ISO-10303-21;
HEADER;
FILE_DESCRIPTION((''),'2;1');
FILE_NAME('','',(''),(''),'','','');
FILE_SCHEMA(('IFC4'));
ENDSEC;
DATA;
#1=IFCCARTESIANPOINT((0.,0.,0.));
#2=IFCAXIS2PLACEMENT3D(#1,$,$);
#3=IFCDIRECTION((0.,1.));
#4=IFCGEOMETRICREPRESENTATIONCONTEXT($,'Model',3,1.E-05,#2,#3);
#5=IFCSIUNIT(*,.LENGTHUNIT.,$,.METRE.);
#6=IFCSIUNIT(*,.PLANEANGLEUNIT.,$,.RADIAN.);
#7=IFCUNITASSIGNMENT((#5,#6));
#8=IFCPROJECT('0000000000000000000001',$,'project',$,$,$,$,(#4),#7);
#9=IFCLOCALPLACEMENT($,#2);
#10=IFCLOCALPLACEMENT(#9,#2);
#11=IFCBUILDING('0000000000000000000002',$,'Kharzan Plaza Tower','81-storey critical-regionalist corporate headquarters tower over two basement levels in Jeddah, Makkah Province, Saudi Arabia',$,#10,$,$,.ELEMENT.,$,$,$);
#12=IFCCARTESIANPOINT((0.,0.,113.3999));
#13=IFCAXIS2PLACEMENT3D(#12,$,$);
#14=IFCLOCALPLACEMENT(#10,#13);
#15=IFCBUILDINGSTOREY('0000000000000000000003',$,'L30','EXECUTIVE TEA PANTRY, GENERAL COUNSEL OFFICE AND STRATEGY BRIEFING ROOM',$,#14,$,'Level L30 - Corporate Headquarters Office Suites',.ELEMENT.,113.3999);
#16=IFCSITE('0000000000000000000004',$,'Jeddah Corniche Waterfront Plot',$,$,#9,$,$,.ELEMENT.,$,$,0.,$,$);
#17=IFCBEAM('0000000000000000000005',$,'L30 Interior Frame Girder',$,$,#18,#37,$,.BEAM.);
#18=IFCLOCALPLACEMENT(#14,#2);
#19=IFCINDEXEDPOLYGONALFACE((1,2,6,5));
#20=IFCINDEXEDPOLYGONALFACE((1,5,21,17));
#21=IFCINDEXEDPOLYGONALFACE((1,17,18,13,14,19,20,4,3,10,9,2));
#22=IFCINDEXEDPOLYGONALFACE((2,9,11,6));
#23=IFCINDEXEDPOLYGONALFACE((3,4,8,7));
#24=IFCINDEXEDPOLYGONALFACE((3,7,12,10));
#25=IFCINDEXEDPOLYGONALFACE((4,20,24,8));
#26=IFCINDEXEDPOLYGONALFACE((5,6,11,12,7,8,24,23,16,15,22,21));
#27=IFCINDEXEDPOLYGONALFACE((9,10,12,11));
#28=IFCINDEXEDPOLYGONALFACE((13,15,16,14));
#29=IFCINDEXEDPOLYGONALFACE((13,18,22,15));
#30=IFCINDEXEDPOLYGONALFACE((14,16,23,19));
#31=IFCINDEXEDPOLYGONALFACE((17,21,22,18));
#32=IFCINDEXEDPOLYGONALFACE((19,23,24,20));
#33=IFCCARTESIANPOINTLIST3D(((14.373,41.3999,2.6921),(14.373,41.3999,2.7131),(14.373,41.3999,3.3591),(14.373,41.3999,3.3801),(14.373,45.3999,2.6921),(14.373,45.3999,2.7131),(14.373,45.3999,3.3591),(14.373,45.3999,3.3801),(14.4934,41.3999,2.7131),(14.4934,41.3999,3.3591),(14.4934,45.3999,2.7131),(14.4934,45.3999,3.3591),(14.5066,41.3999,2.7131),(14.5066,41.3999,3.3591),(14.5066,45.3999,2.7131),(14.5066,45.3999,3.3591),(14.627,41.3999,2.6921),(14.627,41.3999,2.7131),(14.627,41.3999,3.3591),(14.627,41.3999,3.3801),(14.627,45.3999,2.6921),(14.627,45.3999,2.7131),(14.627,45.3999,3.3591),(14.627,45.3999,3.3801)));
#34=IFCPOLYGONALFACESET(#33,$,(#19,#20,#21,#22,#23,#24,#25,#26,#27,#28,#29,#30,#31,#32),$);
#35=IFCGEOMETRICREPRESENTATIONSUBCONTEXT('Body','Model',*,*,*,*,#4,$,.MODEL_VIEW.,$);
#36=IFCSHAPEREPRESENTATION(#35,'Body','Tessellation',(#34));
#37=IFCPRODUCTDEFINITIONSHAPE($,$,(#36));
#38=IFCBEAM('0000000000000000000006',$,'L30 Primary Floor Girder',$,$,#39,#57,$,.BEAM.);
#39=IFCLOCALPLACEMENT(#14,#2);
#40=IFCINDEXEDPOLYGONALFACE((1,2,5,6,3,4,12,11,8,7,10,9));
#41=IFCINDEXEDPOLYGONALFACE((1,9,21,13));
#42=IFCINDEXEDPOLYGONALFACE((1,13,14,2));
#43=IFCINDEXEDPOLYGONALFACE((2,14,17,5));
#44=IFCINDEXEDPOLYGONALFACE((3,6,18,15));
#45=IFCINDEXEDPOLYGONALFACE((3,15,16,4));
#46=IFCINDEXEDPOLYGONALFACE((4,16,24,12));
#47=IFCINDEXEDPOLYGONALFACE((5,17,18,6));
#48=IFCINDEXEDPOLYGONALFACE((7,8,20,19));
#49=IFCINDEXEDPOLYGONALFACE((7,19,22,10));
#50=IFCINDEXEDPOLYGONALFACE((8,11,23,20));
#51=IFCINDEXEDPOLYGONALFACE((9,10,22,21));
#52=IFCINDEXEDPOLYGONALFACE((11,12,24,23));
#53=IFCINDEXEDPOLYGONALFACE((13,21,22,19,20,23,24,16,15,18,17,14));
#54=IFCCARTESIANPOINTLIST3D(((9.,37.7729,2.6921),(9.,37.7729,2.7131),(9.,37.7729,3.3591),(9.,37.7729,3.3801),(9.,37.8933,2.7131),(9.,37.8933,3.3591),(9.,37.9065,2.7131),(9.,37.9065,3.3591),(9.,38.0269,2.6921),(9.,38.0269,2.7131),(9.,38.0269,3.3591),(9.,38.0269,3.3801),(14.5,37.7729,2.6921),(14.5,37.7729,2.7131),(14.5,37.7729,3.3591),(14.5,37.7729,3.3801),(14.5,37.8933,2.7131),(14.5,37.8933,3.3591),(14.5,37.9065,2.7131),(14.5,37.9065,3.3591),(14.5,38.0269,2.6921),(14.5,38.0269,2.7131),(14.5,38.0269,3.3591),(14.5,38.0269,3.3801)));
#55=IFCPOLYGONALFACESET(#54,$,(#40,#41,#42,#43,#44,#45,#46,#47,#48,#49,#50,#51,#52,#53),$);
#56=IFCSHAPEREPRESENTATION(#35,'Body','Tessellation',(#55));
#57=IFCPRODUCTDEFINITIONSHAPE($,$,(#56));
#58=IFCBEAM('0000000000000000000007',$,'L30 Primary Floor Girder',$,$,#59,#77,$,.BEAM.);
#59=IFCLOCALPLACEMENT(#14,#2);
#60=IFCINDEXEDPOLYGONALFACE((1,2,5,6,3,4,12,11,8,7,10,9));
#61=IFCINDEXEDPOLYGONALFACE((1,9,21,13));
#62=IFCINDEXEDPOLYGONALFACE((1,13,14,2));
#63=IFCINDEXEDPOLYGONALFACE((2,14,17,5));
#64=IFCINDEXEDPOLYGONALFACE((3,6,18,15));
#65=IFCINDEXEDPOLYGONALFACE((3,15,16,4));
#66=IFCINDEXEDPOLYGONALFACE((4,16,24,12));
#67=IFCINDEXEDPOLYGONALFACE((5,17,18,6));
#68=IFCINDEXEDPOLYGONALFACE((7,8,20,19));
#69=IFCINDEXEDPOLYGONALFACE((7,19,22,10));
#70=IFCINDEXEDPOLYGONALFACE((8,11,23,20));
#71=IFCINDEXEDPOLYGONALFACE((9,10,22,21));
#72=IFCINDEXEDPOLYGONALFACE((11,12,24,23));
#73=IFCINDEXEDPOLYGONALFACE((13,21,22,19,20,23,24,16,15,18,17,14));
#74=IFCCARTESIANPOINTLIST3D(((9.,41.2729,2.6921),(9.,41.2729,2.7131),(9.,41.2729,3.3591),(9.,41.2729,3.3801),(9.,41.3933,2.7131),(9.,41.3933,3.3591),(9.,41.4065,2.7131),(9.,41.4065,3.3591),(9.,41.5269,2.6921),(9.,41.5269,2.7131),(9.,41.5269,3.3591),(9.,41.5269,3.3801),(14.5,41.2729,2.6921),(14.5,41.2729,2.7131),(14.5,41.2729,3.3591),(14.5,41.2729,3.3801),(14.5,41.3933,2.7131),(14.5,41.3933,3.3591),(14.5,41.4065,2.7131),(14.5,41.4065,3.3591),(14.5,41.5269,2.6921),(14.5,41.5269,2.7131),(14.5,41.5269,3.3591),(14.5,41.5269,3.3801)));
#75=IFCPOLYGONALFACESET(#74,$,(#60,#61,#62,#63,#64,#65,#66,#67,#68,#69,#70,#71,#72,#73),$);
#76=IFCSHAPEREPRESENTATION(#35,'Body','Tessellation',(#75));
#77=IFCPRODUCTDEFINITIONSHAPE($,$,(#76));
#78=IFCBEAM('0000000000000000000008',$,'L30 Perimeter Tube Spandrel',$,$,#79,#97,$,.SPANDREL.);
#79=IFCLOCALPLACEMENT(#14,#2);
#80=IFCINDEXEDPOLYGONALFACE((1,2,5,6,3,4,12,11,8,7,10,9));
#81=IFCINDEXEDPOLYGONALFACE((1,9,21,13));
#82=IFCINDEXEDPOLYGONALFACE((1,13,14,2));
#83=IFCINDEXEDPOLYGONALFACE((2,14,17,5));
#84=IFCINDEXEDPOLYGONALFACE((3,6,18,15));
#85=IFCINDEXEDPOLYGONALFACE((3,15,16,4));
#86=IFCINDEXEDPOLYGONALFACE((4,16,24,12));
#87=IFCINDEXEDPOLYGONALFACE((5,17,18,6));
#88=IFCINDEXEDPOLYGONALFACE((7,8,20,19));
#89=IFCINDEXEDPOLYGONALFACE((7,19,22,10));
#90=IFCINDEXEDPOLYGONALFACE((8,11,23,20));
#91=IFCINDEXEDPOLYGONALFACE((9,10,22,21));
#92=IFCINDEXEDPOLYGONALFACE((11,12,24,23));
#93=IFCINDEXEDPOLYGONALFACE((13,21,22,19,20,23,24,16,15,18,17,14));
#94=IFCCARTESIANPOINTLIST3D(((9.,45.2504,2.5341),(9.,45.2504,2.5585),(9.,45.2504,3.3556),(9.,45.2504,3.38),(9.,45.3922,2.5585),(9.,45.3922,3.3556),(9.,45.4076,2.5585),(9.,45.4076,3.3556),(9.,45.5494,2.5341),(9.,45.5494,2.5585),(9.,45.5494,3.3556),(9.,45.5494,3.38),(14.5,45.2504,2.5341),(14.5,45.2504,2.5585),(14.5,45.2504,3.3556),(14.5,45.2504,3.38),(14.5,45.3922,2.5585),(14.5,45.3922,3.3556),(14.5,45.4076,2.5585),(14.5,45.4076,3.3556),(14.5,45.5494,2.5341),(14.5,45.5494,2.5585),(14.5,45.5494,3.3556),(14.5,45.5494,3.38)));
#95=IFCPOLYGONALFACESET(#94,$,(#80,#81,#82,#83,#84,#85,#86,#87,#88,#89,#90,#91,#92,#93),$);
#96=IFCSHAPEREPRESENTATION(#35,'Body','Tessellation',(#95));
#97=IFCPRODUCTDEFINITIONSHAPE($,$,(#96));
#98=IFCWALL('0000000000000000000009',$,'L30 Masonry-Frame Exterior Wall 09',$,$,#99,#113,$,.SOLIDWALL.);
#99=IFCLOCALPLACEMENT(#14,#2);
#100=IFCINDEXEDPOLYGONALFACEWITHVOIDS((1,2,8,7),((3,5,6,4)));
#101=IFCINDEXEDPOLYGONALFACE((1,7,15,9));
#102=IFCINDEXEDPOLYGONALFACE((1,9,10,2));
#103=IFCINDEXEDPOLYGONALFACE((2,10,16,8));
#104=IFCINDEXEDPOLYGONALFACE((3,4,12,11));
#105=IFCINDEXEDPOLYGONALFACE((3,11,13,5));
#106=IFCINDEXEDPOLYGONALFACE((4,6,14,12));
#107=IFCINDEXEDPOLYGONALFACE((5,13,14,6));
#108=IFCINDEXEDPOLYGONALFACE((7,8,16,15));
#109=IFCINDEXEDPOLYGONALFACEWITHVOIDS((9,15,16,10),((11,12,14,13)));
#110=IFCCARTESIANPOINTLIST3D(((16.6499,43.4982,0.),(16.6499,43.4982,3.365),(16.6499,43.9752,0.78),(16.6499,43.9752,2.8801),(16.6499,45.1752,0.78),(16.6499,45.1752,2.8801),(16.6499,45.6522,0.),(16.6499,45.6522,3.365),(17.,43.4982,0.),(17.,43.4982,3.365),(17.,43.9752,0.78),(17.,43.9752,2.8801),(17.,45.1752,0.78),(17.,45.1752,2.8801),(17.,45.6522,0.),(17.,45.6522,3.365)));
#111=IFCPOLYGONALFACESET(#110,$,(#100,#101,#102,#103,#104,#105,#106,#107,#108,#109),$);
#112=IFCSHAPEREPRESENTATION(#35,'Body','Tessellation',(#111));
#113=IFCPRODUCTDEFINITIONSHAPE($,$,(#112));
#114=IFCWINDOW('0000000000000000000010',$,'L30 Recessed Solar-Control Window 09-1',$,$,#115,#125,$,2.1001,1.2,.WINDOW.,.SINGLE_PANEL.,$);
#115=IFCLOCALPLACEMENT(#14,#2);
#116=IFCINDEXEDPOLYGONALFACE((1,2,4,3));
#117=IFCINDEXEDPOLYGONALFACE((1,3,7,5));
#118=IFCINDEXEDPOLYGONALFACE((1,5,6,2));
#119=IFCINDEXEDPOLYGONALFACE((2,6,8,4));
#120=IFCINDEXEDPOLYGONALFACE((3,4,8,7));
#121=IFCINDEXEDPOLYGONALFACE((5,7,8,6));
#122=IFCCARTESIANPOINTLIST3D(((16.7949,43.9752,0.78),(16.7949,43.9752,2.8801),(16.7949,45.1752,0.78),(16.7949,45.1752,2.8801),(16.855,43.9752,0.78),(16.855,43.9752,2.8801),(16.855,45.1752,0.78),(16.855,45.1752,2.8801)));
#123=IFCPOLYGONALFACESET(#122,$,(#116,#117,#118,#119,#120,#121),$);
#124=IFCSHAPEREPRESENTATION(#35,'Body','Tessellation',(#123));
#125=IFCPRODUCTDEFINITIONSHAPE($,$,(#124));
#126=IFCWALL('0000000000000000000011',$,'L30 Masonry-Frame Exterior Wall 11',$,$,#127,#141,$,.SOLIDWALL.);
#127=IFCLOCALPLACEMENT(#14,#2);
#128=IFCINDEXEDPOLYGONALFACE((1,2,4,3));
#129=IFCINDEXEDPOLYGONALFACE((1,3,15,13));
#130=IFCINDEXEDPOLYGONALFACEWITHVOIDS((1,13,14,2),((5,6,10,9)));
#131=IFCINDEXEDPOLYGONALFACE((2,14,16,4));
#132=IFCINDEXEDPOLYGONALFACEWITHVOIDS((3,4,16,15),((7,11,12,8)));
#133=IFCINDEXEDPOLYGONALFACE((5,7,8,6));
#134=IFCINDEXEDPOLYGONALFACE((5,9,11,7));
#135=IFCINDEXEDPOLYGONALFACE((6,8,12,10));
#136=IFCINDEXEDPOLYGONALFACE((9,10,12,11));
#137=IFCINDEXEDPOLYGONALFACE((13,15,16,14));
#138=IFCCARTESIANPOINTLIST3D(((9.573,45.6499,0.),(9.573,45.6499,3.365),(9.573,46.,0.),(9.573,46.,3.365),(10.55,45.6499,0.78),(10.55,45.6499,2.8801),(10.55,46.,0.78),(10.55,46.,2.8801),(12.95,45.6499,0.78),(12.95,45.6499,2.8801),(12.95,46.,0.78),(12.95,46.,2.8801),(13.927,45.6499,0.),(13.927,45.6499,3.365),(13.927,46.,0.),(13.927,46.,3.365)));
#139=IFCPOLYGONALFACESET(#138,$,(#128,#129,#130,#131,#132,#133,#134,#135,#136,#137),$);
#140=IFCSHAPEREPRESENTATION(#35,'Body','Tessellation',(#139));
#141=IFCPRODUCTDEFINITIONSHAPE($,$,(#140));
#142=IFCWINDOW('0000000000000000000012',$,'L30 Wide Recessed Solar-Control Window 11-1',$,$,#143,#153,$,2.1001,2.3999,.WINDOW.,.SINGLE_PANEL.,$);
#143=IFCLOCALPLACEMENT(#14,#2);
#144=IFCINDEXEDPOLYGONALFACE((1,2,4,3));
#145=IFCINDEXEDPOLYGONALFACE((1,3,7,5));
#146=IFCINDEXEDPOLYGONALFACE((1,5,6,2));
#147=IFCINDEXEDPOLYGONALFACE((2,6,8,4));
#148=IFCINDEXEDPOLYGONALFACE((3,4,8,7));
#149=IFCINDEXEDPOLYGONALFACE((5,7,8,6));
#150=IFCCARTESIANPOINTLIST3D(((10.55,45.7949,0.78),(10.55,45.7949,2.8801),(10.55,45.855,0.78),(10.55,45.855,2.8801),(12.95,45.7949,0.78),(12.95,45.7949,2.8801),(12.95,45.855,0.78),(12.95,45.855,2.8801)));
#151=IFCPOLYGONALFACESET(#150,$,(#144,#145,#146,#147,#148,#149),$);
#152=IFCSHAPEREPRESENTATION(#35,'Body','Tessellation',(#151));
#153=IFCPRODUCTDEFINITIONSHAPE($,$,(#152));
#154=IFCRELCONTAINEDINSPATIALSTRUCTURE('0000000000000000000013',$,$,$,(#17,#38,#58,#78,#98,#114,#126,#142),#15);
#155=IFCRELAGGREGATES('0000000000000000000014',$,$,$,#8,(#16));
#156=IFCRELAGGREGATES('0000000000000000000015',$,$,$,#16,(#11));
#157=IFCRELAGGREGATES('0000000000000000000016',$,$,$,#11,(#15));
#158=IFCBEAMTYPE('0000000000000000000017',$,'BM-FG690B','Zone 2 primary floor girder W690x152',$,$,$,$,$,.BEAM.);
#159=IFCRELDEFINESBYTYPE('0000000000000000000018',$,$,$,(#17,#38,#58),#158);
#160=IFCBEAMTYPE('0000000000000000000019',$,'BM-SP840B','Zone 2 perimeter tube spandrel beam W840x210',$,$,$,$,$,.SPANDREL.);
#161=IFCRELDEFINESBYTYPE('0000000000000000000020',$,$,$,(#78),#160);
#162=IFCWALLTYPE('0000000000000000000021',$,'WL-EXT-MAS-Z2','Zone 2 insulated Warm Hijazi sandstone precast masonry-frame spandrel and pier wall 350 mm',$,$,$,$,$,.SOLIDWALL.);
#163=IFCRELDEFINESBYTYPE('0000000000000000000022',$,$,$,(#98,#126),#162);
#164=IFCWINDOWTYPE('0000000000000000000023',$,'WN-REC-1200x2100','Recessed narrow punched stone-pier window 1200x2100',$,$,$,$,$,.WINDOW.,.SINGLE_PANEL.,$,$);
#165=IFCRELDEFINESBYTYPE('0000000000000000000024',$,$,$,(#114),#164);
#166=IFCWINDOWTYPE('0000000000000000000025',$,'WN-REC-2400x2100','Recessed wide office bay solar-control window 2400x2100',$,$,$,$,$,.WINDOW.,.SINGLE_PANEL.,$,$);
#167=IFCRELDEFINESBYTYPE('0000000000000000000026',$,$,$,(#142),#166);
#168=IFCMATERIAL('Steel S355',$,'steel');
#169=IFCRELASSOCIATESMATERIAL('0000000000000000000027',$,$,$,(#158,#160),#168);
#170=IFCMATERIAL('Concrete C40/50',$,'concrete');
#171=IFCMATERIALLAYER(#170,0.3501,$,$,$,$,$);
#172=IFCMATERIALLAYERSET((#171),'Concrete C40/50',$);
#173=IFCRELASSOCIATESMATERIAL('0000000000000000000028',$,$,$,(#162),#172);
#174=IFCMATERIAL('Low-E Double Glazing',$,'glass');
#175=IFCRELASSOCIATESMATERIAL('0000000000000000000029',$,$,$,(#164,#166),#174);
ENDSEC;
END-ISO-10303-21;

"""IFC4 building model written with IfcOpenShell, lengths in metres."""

from ifc_helpers import new_model, si_unit, direction, frame, frame_2d, origin, origin_2d, place, context, subcontext, project, spatial, rectangle, i_section, extrude, source, transform, mapped, material, layer, layer_set, material_profile, profile_set, type_object, element, fill, save


model = new_model("IFC4")

# Units and contexts
model_context = context("Model", 3, precision=1e-05, world=origin(), true_north=direction((0.0, 1.0)))
body_context = subcontext(model_context, "Body", "Model", "MODEL_VIEW")
ifc_project = project(units=[si_unit("LENGTHUNIT", "METRE"), si_unit("PLANEANGLEUNIT", "RADIAN")], contexts=[model_context])

# Site, building, storey
site_placement = place(None, origin())
site = spatial("IfcSite", under=ifc_project, at=site_placement, Name="Jeddah Corniche Waterfront Plot", CompositionType="ELEMENT", RefElevation=0.0)
building_placement = place(site_placement, origin())
building = spatial("IfcBuilding", under=site, at=building_placement, Name="Kharzan Plaza Tower", Description="81-storey critical-regionalist corporate headquarters tower over two basement levels in Jeddah, Makkah Province, Saudi Arabia", CompositionType="ELEMENT")
storey_placement = place(building_placement, frame((0.0, 0.0, 113.3999)))
storey = spatial("IfcBuildingStorey", under=building, at=storey_placement, Name="L30", Description="EXECUTIVE TEA PANTRY, GENERAL COUNSEL OFFICE AND STRATEGY BRIEFING ROOM", LongName="Level L30 - Corporate Headquarters Office Suites", CompositionType="ELEMENT", Elevation=113.3999)

# Beams
ifc_material_1 = material(Name="Steel S355", Category="steel")
ifc_material_profile_1 = material_profile(ifc_material_1, i_section(OverallWidth=0.2539, OverallDepth=0.688, WebThickness=0.0132, FlangeThickness=0.021, at=origin_2d()), Name="W690x152")
ifc_profile_set_1 = profile_set([ifc_material_profile_1], Name="Steel S355")
beam_type_1 = type_object("IfcBeamType", Name="BM-FG690B", Description="Zone 2 primary floor girder W690x152", PredefinedType="BEAM", material=ifc_profile_set_1)
shared_shape_1 = source(origin(), body_context, "Body", "SweptSolid", [
    extrude(i_section(OverallWidth=0.2539, OverallDepth=0.688, WebThickness=0.0132, FlangeThickness=0.021, at=origin_2d()), origin(), (0.0, 0.0, 1.0), 4.0),
])
for number, where, z_axis, x_axis, name in (
    (1, (14.5, 41.3999, 3.0361), (0.0, 1.0, 0.0), (-1.0, 0.0, 0.0), "L30 Interior Frame Girder"),
):
    element("IfcBeam", number, at=place(storey_placement, frame(where, z_axis=z_axis, x_axis=x_axis)), inside=storey, type_object=beam_type_1, Name=name, PredefinedType="BEAM", context=body_context, shape_type="MappedRepresentation", body=[
        mapped(shared_shape_1, transform((0.0, 0.0, 0.0), x_axis=(1.0, 0.0, 0.0), y_axis=(0.0, 1.0, 0.0), z_axis=(0.0, 0.0, 1.0))),
    ])
shared_shape_2 = source(origin(), body_context, "Body", "SweptSolid", [
    extrude(i_section(OverallWidth=0.2539, OverallDepth=0.688, WebThickness=0.0132, FlangeThickness=0.021, at=origin_2d()), origin(), (0.0, 0.0, 1.0), 5.5),
])
for number, where, z_axis, x_axis, name in (
    (2, (9.0, 37.8999, 3.0361), (1.0, 0.0, 0.0), (0.0, 1.0, 0.0), "L30 Primary Floor Girder"),
    (3, (9.0, 41.3999, 3.0361), (1.0, 0.0, 0.0), (0.0, 1.0, 0.0), "L30 Primary Floor Girder"),
):
    element("IfcBeam", number, at=place(storey_placement, frame(where, z_axis=z_axis, x_axis=x_axis)), inside=storey, type_object=beam_type_1, Name=name, PredefinedType="BEAM", context=body_context, shape_type="MappedRepresentation", body=[
        mapped(shared_shape_2, transform((0.0, 0.0, 0.0), x_axis=(1.0, 0.0, 0.0), y_axis=(0.0, 1.0, 0.0), z_axis=(0.0, 0.0, 1.0))),
    ])
ifc_material_profile_2 = material_profile(ifc_material_1, i_section(OverallWidth=0.2991, OverallDepth=0.8459, WebThickness=0.0154, FlangeThickness=0.0244, at=origin_2d()), Name="W840x210")
ifc_profile_set_2 = profile_set([ifc_material_profile_2], Name="Steel S355")
beam_type_2 = type_object("IfcBeamType", Name="BM-SP840B", Description="Zone 2 perimeter tube spandrel beam W840x210", PredefinedType="SPANDREL", material=ifc_profile_set_2)
shared_shape_3 = source(origin(), body_context, "Body", "SweptSolid", [
    extrude(i_section(OverallWidth=0.2991, OverallDepth=0.8459, WebThickness=0.0154, FlangeThickness=0.0244, at=origin_2d()), origin(), (0.0, 0.0, 1.0), 5.5),
])
beam_placement = place(storey_placement, frame((9.0, 45.3999, 2.957), z_axis=(1.0, 0.0, 0.0), x_axis=(0.0, 1.0, 0.0)))
element("IfcBeam", 4, at=beam_placement, inside=storey, type_object=beam_type_2, Name="L30 Perimeter Tube Spandrel", PredefinedType="SPANDREL", context=body_context, shape_type="MappedRepresentation", body=[
    mapped(shared_shape_3, transform((0.0, 0.0, 0.0), x_axis=(1.0, 0.0, 0.0), y_axis=(0.0, 1.0, 0.0), z_axis=(0.0, 0.0, 1.0))),
])

# Walls, openings, windows
ifc_material_2 = material(Name="Concrete C40/50", Category="concrete")
ifc_layer_1 = layer(ifc_material_2, 0.3501)
ifc_layer_set_1 = layer_set([ifc_layer_1], Name="Concrete C40/50")
wall_type_1 = type_object("IfcWallType", Name="WL-EXT-MAS-Z2", Description="Zone 2 insulated Warm Hijazi sandstone precast masonry-frame spandrel and pier wall 350 mm", PredefinedType="SOLIDWALL", material=ifc_layer_set_1)
wall_1_placement = place(storey_placement, frame((16.825, 43.498, 0.0), z_axis=(0.0, 0.0, 1.0), x_axis=(0.0, 1.0, 0.0)))
wall_1 = element("IfcWall", 5, at=wall_1_placement, inside=storey, type_object=wall_type_1, Name="L30 Masonry-Frame Exterior Wall 09", PredefinedType="SOLIDWALL", context=body_context, shape_type="SweptSolid", body=[
    extrude(rectangle(XDim=2.1541, YDim=0.3501, at=frame_2d((1.0771, 0.0))), origin(), (0.0, 0.0, 1.0), 3.365),
])
opening_1_placement = place(wall_1_placement, frame((0.4771, 0.0, 0.78)))
opening_1 = element("IfcOpeningElement", 6, at=opening_1_placement, cuts=wall_1, PredefinedType="OPENING", context=body_context, shape_type="SweptSolid", body=[
    extrude(rectangle(XDim=1.2, YDim=2.1001, at=frame_2d((0.6001, 1.05))), frame((0.0, 0.1851, 0.0), z_axis=(0.0, -1.0, 0.0), x_axis=(1.0, 0.0, 0.0)), (0.0, 0.0, 1.0), 0.3701),
])
ifc_material_3 = material(Name="Low-E Double Glazing", Category="glass")
window_type_1 = type_object("IfcWindowType", Name="WN-REC-1200x2100", Description="Recessed narrow punched stone-pier window 1200x2100", PartitioningType="SINGLE_PANEL", PredefinedType="WINDOW", material=ifc_material_3)
shared_shape_4 = source(origin(), body_context, "Body", "SweptSolid", [
    extrude(rectangle(XDim=1.2, YDim=2.1001, at=frame_2d((0.6001, 1.05))), frame((0.0, 0.03, 0.0), z_axis=(0.0, -1.0, 0.0), x_axis=(1.0, 0.0, 0.0)), (0.0, 0.0, 1.0), 0.0601),
])
window_1_placement = place(opening_1_placement, origin())
window_1 = element("IfcWindow", 7, at=window_1_placement, inside=storey, type_object=window_type_1, Name="L30 Recessed Solar-Control Window 09-1", OverallHeight=2.1001, OverallWidth=1.2, PartitioningType="SINGLE_PANEL", PredefinedType="WINDOW", context=body_context, shape_type="MappedRepresentation", body=[
    mapped(shared_shape_4, transform((0.0, 0.0, 0.0), x_axis=(1.0, 0.0, 0.0), y_axis=(0.0, 1.0, 0.0), z_axis=(0.0, 0.0, 1.0))),
])
fill(opening_1, window_1)
wall_2_placement = place(storey_placement, frame((13.927, 45.825, 0.0), z_axis=(0.0, 0.0, 1.0), x_axis=(-1.0, 0.0, 0.0)))
wall_2 = element("IfcWall", 8, at=wall_2_placement, inside=storey, type_object=wall_type_1, Name="L30 Masonry-Frame Exterior Wall 11", PredefinedType="SOLIDWALL", context=body_context, shape_type="SweptSolid", body=[
    extrude(rectangle(XDim=4.354, YDim=0.3501, at=frame_2d((2.177, 0.0))), origin(), (0.0, 0.0, 1.0), 3.365),
])
opening_2_placement = place(wall_2_placement, frame((0.9771, 0.0, 0.78)))
opening_2 = element("IfcOpeningElement", 9, at=opening_2_placement, cuts=wall_2, PredefinedType="OPENING", context=body_context, shape_type="SweptSolid", body=[
    extrude(rectangle(XDim=2.3999, YDim=2.1001, at=frame_2d((1.2, 1.05))), frame((0.0, 0.1851, 0.0), z_axis=(0.0, -1.0, 0.0), x_axis=(1.0, 0.0, 0.0)), (0.0, 0.0, 1.0), 0.3701),
])
window_type_2 = type_object("IfcWindowType", Name="WN-REC-2400x2100", Description="Recessed wide office bay solar-control window 2400x2100", PartitioningType="SINGLE_PANEL", PredefinedType="WINDOW", material=ifc_material_3)
shared_shape_5 = source(origin(), body_context, "Body", "SweptSolid", [
    extrude(rectangle(XDim=2.3999, YDim=2.1001, at=frame_2d((1.2, 1.05))), frame((0.0, 0.03, 0.0), z_axis=(0.0, -1.0, 0.0), x_axis=(1.0, 0.0, 0.0)), (0.0, 0.0, 1.0), 0.0601),
])
window_2_placement = place(opening_2_placement, origin())
window_2 = element("IfcWindow", 10, at=window_2_placement, inside=storey, type_object=window_type_2, Name="L30 Wide Recessed Solar-Control Window 11-1", OverallHeight=2.1001, OverallWidth=2.3999, PartitioningType="SINGLE_PANEL", PredefinedType="WINDOW", context=body_context, shape_type="MappedRepresentation", body=[
    mapped(shared_shape_5, transform((0.0, 0.0, 0.0), x_axis=(1.0, 0.0, 0.0), y_axis=(0.0, 1.0, 0.0), z_axis=(0.0, 0.0, 1.0))),
])
fill(opening_2, window_2)

save(model, "model.ifc")
